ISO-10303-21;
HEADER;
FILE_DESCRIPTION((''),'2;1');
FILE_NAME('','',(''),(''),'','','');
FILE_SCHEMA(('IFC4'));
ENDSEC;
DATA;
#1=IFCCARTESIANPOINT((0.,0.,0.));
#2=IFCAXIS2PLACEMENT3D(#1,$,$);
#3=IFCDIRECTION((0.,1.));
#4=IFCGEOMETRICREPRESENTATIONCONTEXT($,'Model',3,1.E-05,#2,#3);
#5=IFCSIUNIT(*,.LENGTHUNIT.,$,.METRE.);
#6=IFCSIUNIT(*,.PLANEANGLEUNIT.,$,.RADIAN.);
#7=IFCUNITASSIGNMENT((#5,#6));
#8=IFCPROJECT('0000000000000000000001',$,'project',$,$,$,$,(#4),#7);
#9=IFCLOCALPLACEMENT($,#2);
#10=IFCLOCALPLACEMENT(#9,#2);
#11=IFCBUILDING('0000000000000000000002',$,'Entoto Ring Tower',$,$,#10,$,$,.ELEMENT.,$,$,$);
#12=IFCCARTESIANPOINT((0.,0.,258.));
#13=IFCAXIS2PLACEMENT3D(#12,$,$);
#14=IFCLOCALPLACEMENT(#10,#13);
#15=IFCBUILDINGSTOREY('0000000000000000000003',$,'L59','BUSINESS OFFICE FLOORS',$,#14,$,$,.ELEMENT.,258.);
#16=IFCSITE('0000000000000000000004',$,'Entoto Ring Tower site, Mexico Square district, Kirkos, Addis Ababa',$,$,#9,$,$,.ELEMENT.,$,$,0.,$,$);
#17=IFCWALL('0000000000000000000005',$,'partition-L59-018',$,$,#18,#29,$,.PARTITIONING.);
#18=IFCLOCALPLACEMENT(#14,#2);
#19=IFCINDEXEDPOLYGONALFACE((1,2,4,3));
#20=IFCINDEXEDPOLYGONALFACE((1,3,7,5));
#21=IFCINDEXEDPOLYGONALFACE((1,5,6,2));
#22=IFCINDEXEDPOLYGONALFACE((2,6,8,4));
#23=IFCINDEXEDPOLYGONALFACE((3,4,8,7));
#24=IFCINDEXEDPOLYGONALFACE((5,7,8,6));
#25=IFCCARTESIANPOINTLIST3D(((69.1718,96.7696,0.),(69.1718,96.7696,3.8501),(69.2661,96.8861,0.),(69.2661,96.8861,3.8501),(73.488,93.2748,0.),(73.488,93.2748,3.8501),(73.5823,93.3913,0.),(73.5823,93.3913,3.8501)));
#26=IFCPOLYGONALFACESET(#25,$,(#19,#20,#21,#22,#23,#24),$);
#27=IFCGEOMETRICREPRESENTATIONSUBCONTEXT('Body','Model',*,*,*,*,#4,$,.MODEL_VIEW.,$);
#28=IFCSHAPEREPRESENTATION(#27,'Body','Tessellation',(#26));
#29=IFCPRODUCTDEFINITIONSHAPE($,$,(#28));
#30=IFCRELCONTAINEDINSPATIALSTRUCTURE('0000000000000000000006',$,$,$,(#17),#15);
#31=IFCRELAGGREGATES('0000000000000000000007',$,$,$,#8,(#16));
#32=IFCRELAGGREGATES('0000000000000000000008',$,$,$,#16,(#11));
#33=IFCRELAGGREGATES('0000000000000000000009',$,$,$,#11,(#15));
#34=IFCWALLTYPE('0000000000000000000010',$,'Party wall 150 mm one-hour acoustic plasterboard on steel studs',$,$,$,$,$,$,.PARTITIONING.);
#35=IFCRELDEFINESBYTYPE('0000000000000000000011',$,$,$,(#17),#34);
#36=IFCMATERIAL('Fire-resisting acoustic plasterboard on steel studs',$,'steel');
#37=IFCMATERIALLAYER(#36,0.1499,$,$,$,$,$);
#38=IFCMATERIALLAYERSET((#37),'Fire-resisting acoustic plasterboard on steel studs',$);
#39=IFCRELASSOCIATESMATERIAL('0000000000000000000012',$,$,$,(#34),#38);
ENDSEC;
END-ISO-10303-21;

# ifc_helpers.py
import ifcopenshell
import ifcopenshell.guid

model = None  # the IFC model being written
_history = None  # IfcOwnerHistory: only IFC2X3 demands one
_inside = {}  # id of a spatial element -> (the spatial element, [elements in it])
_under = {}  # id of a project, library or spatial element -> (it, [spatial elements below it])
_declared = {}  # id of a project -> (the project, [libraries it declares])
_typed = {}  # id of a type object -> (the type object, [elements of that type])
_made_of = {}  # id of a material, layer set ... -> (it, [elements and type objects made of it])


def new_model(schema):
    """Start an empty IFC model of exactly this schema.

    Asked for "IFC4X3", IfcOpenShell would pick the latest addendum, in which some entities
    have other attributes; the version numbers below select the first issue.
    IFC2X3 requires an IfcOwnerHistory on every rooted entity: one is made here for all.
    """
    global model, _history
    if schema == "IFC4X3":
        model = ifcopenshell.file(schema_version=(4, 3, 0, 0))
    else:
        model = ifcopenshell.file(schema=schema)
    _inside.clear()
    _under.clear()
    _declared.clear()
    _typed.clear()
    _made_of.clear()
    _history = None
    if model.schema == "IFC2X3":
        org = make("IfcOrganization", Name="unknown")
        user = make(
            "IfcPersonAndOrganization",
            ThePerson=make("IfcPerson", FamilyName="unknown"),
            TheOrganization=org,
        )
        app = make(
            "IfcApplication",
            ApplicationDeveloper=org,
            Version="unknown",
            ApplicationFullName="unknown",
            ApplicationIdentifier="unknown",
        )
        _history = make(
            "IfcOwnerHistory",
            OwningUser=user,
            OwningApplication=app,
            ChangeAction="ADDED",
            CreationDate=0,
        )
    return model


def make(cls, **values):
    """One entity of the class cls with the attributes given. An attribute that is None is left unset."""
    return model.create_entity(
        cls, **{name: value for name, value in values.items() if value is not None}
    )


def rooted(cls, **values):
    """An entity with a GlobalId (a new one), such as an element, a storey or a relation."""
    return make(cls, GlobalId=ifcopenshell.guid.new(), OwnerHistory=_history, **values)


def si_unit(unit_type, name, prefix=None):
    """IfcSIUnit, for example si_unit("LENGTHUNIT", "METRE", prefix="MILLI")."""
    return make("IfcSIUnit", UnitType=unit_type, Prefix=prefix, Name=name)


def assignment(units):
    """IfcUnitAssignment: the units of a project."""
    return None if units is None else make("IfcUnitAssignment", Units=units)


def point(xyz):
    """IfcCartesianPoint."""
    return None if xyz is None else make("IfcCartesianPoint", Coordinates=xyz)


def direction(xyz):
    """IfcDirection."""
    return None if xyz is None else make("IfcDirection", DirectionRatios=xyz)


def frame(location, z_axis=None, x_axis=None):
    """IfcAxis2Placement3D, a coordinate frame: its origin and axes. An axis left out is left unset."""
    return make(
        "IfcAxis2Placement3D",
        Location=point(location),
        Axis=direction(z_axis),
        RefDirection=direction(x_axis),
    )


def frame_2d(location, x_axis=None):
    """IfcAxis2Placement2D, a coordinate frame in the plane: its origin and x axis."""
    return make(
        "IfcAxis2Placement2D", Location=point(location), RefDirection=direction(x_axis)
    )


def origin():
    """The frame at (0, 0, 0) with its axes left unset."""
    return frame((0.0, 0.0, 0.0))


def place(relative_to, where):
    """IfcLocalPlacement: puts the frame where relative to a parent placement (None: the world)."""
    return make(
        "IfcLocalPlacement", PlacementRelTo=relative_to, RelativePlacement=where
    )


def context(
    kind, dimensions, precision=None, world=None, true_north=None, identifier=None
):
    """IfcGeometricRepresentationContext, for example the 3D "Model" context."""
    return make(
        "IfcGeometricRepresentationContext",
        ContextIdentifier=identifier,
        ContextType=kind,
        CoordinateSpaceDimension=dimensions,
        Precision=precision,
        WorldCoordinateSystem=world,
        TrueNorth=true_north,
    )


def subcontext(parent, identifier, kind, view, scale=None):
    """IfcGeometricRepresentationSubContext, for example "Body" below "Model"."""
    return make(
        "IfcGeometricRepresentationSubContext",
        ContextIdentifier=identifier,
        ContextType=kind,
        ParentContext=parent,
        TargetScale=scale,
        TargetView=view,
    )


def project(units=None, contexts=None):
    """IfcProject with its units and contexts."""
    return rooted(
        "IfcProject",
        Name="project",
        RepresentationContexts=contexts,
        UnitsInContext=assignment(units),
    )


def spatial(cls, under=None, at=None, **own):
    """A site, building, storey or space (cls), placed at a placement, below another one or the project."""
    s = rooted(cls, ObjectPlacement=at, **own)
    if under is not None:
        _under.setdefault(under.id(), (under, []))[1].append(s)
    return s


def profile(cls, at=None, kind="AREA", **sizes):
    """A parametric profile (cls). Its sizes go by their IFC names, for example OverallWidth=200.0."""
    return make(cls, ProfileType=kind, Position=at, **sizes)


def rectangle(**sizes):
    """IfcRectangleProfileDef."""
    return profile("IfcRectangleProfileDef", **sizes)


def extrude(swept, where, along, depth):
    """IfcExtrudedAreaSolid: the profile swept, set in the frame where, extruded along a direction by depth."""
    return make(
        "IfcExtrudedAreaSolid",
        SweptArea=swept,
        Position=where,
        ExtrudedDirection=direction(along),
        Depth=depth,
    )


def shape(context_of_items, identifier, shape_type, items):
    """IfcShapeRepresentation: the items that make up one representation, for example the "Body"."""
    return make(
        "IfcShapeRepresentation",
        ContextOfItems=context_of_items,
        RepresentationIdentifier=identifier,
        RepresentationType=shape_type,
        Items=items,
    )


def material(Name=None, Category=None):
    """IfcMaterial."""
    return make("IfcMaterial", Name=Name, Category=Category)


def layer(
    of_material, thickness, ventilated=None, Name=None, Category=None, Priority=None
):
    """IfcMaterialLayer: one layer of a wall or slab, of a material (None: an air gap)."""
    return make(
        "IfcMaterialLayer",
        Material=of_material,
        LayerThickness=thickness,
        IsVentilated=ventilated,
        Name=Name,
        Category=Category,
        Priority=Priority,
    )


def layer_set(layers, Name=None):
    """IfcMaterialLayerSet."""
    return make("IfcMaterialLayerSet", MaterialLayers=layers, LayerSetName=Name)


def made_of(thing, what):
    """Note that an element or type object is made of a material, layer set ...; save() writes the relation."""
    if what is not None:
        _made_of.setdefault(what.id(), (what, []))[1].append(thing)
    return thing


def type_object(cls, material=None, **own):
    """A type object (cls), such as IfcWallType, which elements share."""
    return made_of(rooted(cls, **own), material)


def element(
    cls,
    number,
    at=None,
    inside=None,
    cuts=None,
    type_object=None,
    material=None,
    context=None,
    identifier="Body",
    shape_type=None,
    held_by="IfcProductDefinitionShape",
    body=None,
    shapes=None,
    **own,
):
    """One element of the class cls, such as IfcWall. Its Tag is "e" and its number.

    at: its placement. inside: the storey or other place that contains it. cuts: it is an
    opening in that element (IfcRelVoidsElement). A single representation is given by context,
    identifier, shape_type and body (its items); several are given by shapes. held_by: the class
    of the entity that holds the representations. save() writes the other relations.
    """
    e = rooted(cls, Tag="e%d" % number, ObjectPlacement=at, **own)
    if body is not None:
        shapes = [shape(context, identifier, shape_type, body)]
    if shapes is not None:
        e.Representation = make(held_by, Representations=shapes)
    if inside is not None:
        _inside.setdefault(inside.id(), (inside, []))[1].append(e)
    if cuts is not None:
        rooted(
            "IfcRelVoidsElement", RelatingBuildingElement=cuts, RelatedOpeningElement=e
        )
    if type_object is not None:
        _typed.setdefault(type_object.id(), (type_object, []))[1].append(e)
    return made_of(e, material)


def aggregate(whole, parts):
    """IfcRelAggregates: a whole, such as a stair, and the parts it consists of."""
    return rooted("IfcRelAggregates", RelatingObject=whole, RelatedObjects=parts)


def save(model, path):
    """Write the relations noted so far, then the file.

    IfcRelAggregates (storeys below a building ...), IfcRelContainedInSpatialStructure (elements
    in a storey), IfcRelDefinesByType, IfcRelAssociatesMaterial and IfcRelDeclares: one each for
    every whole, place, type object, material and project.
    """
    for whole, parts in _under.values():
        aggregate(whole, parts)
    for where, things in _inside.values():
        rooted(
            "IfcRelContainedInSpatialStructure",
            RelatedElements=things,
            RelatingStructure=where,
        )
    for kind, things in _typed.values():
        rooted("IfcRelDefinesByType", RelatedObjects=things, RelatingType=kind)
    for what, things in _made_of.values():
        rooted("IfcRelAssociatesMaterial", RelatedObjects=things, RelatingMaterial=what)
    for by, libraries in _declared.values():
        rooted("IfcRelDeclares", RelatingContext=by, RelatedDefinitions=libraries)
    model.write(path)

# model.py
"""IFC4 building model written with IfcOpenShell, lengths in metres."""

from ifc_helpers import new_model, si_unit, direction, frame, frame_2d, origin, place, context, subcontext, project, spatial, rectangle, extrude, material, layer, layer_set, type_object, element, save


model = new_model("IFC4")

# Units and contexts
model_context = context("Model", 3, precision=1e-05, world=origin(), true_north=direction((0.0, 1.0)))
body_context = subcontext(model_context, "Body", "Model", "MODEL_VIEW")
ifc_project = project(units=[si_unit("LENGTHUNIT", "METRE"), si_unit("PLANEANGLEUNIT", "RADIAN")], contexts=[model_context])

# Site, building, storey
site_placement = place(None, origin())
site = spatial("IfcSite", under=ifc_project, at=site_placement, Name="Entoto Ring Tower site, Mexico Square district, Kirkos, Addis Ababa", CompositionType="ELEMENT", RefElevation=0.0)
building_placement = place(site_placement, origin())
building = spatial("IfcBuilding", under=site, at=building_placement, Name="Entoto Ring Tower", CompositionType="ELEMENT")
storey_placement = place(building_placement, frame((0.0, 0.0, 258.0)))
storey = spatial("IfcBuildingStorey", under=building, at=storey_placement, Name="L59", Description="BUSINESS OFFICE FLOORS", CompositionType="ELEMENT", Elevation=258.0)

# Wall
ifc_material_1 = material(Name="Fire-resisting acoustic plasterboard on steel studs", Category="steel")
ifc_layer_1 = layer(ifc_material_1, 0.1499)
ifc_layer_set_1 = layer_set([ifc_layer_1], Name="Fire-resisting acoustic plasterboard on steel studs")
wall_type_1 = type_object("IfcWallType", Name="Party wall 150 mm one-hour acoustic plasterboard on steel studs", PredefinedType="PARTITIONING", material=ifc_layer_set_1)
wall_1_placement = place(storey_placement, frame((73.5352, 93.333, 0.0), z_axis=(0.0, 0.0, 1.0), x_axis=(-0.777171, 0.629289, 0.0)))
element("IfcWall", 1, at=wall_1_placement, inside=storey, type_object=wall_type_1, Name="partition-L59-018", PredefinedType="PARTITIONING", context=body_context, shape_type="SweptSolid", body=[
    extrude(rectangle(XDim=5.5537, YDim=0.1499, at=frame_2d((2.7769, 0.0))), origin(), (0.0, 0.0, 1.0), 3.8501),
])

save(model, "model.ifc")
